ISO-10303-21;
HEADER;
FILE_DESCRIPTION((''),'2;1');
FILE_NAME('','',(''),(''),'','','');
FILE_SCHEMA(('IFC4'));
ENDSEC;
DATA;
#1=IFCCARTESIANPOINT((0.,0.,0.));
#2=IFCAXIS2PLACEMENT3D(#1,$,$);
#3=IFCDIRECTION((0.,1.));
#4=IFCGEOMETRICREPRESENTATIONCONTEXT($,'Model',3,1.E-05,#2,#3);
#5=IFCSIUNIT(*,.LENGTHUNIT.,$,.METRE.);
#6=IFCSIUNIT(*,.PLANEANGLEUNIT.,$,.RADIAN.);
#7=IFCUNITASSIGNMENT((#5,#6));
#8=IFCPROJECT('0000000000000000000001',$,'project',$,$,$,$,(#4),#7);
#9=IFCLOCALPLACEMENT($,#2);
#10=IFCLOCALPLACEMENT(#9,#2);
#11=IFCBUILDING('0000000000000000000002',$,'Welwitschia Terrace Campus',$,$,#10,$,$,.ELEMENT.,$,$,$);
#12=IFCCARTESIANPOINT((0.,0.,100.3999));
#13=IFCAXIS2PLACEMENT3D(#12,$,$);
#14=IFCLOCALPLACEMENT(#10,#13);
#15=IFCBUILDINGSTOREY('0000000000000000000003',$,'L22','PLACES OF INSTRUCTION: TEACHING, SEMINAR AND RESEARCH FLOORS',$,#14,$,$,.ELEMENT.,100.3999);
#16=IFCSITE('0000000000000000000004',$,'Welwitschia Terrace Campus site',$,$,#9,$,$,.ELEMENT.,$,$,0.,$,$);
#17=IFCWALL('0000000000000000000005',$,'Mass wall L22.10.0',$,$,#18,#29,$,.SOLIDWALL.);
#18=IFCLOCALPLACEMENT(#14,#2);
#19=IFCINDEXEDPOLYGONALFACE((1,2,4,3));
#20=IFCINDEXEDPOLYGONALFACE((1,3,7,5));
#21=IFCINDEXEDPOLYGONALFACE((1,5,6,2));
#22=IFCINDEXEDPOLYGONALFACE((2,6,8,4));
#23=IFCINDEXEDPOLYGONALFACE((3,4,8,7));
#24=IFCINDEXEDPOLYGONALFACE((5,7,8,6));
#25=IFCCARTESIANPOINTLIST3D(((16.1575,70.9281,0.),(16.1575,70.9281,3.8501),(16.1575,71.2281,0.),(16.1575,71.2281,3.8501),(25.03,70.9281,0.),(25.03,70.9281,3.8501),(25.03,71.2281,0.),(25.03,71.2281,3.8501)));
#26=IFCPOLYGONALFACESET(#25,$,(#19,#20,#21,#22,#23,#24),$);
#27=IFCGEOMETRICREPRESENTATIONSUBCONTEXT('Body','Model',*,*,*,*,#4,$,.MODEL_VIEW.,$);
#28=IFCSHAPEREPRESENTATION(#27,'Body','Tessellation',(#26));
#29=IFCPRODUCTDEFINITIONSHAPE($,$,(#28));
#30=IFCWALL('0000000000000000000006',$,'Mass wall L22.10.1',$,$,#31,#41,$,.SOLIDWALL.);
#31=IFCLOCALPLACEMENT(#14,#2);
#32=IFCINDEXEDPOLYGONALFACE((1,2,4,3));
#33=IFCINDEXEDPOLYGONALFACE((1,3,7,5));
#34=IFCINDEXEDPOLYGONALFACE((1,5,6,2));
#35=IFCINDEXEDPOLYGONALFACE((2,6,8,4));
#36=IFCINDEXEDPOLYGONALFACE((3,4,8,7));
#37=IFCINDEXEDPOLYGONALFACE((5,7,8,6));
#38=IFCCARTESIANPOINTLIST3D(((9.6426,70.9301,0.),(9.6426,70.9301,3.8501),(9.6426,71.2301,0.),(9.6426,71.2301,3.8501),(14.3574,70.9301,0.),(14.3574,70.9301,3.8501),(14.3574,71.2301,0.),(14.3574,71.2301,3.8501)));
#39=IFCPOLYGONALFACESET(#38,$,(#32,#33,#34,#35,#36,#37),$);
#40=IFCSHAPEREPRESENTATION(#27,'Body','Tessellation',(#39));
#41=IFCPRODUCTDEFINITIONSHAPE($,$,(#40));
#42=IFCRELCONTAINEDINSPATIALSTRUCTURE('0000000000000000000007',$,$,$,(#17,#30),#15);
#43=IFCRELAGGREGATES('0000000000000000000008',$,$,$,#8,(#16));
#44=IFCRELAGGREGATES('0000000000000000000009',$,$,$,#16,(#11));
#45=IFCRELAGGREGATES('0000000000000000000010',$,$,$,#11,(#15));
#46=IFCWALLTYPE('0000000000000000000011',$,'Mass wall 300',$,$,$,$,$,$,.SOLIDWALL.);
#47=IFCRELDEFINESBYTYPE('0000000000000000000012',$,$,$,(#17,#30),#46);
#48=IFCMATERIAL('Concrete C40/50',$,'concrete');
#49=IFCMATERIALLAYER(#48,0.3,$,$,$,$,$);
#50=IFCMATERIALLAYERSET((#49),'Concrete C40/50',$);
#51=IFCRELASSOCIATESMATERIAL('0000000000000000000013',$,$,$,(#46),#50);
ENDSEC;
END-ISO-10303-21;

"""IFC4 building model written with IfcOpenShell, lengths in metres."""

from ifc_helpers import new_model, si_unit, direction, frame, frame_2d, origin, place, context, subcontext, project, spatial, rectangle, extrude, material, layer, layer_set, type_object, element, save


model = new_model("IFC4")

# Units and contexts
model_context = context("Model", 3, precision=1e-05, world=origin(), true_north=direction((0.0, 1.0)))
body_context = subcontext(model_context, "Body", "Model", "MODEL_VIEW")
ifc_project = project(units=[si_unit("LENGTHUNIT", "METRE"), si_unit("PLANEANGLEUNIT", "RADIAN")], contexts=[model_context])

# Site, building, storey
site_placement = place(None, origin())
site = spatial("IfcSite", under=ifc_project, at=site_placement, Name="Welwitschia Terrace Campus site", CompositionType="ELEMENT", RefElevation=0.0)
building_placement = place(site_placement, origin())
building = spatial("IfcBuilding", under=site, at=building_placement, Name="Welwitschia Terrace Campus", CompositionType="ELEMENT")
storey_placement = place(building_placement, frame((0.0, 0.0, 100.3999)))
storey = spatial("IfcBuildingStorey", under=building, at=storey_placement, Name="L22", Description="PLACES OF INSTRUCTION: TEACHING, SEMINAR AND RESEARCH FLOORS", CompositionType="ELEMENT", Elevation=100.3999)

# Walls
ifc_material_1 = material(Name="Concrete C40/50", Category="concrete")
ifc_layer_1 = layer(ifc_material_1, 0.3)
ifc_layer_set_1 = layer_set([ifc_layer_1], Name="Concrete C40/50")
wall_type = type_object("IfcWallType", Name="Mass wall 300", PredefinedType="SOLIDWALL", material=ifc_layer_set_1)
wall_1_placement = place(storey_placement, frame((25.03, 71.0781, 0.0), z_axis=(0.0, 0.0, 1.0), x_axis=(-1.0, 0.0, 0.0)))
element("IfcWall", 1, at=wall_1_placement, inside=storey, type_object=wall_type, Name="Mass wall L22.10.0", PredefinedType="SOLIDWALL", context=body_context, shape_type="SweptSolid", body=[
    extrude(rectangle(XDim=8.8726, YDim=0.3, at=frame_2d((4.4363, 0.0))), origin(), (0.0, 0.0, 1.0), 3.8501),
])
wall_2_placement = place(storey_placement, frame((14.3574, 71.0801, 0.0), z_axis=(0.0, 0.0, 1.0), x_axis=(-1.0, 0.0, 0.0)))
element("IfcWall", 2, at=wall_2_placement, inside=storey, type_object=wall_type, Name="Mass wall L22.10.1", PredefinedType="SOLIDWALL", context=body_context, shape_type="SweptSolid", body=[
    extrude(rectangle(XDim=4.7148, YDim=0.3, at=frame_2d((2.3574, 0.0))), origin(), (0.0, 0.0, 1.0), 3.8501),
])

save(model, "model.ifc")
